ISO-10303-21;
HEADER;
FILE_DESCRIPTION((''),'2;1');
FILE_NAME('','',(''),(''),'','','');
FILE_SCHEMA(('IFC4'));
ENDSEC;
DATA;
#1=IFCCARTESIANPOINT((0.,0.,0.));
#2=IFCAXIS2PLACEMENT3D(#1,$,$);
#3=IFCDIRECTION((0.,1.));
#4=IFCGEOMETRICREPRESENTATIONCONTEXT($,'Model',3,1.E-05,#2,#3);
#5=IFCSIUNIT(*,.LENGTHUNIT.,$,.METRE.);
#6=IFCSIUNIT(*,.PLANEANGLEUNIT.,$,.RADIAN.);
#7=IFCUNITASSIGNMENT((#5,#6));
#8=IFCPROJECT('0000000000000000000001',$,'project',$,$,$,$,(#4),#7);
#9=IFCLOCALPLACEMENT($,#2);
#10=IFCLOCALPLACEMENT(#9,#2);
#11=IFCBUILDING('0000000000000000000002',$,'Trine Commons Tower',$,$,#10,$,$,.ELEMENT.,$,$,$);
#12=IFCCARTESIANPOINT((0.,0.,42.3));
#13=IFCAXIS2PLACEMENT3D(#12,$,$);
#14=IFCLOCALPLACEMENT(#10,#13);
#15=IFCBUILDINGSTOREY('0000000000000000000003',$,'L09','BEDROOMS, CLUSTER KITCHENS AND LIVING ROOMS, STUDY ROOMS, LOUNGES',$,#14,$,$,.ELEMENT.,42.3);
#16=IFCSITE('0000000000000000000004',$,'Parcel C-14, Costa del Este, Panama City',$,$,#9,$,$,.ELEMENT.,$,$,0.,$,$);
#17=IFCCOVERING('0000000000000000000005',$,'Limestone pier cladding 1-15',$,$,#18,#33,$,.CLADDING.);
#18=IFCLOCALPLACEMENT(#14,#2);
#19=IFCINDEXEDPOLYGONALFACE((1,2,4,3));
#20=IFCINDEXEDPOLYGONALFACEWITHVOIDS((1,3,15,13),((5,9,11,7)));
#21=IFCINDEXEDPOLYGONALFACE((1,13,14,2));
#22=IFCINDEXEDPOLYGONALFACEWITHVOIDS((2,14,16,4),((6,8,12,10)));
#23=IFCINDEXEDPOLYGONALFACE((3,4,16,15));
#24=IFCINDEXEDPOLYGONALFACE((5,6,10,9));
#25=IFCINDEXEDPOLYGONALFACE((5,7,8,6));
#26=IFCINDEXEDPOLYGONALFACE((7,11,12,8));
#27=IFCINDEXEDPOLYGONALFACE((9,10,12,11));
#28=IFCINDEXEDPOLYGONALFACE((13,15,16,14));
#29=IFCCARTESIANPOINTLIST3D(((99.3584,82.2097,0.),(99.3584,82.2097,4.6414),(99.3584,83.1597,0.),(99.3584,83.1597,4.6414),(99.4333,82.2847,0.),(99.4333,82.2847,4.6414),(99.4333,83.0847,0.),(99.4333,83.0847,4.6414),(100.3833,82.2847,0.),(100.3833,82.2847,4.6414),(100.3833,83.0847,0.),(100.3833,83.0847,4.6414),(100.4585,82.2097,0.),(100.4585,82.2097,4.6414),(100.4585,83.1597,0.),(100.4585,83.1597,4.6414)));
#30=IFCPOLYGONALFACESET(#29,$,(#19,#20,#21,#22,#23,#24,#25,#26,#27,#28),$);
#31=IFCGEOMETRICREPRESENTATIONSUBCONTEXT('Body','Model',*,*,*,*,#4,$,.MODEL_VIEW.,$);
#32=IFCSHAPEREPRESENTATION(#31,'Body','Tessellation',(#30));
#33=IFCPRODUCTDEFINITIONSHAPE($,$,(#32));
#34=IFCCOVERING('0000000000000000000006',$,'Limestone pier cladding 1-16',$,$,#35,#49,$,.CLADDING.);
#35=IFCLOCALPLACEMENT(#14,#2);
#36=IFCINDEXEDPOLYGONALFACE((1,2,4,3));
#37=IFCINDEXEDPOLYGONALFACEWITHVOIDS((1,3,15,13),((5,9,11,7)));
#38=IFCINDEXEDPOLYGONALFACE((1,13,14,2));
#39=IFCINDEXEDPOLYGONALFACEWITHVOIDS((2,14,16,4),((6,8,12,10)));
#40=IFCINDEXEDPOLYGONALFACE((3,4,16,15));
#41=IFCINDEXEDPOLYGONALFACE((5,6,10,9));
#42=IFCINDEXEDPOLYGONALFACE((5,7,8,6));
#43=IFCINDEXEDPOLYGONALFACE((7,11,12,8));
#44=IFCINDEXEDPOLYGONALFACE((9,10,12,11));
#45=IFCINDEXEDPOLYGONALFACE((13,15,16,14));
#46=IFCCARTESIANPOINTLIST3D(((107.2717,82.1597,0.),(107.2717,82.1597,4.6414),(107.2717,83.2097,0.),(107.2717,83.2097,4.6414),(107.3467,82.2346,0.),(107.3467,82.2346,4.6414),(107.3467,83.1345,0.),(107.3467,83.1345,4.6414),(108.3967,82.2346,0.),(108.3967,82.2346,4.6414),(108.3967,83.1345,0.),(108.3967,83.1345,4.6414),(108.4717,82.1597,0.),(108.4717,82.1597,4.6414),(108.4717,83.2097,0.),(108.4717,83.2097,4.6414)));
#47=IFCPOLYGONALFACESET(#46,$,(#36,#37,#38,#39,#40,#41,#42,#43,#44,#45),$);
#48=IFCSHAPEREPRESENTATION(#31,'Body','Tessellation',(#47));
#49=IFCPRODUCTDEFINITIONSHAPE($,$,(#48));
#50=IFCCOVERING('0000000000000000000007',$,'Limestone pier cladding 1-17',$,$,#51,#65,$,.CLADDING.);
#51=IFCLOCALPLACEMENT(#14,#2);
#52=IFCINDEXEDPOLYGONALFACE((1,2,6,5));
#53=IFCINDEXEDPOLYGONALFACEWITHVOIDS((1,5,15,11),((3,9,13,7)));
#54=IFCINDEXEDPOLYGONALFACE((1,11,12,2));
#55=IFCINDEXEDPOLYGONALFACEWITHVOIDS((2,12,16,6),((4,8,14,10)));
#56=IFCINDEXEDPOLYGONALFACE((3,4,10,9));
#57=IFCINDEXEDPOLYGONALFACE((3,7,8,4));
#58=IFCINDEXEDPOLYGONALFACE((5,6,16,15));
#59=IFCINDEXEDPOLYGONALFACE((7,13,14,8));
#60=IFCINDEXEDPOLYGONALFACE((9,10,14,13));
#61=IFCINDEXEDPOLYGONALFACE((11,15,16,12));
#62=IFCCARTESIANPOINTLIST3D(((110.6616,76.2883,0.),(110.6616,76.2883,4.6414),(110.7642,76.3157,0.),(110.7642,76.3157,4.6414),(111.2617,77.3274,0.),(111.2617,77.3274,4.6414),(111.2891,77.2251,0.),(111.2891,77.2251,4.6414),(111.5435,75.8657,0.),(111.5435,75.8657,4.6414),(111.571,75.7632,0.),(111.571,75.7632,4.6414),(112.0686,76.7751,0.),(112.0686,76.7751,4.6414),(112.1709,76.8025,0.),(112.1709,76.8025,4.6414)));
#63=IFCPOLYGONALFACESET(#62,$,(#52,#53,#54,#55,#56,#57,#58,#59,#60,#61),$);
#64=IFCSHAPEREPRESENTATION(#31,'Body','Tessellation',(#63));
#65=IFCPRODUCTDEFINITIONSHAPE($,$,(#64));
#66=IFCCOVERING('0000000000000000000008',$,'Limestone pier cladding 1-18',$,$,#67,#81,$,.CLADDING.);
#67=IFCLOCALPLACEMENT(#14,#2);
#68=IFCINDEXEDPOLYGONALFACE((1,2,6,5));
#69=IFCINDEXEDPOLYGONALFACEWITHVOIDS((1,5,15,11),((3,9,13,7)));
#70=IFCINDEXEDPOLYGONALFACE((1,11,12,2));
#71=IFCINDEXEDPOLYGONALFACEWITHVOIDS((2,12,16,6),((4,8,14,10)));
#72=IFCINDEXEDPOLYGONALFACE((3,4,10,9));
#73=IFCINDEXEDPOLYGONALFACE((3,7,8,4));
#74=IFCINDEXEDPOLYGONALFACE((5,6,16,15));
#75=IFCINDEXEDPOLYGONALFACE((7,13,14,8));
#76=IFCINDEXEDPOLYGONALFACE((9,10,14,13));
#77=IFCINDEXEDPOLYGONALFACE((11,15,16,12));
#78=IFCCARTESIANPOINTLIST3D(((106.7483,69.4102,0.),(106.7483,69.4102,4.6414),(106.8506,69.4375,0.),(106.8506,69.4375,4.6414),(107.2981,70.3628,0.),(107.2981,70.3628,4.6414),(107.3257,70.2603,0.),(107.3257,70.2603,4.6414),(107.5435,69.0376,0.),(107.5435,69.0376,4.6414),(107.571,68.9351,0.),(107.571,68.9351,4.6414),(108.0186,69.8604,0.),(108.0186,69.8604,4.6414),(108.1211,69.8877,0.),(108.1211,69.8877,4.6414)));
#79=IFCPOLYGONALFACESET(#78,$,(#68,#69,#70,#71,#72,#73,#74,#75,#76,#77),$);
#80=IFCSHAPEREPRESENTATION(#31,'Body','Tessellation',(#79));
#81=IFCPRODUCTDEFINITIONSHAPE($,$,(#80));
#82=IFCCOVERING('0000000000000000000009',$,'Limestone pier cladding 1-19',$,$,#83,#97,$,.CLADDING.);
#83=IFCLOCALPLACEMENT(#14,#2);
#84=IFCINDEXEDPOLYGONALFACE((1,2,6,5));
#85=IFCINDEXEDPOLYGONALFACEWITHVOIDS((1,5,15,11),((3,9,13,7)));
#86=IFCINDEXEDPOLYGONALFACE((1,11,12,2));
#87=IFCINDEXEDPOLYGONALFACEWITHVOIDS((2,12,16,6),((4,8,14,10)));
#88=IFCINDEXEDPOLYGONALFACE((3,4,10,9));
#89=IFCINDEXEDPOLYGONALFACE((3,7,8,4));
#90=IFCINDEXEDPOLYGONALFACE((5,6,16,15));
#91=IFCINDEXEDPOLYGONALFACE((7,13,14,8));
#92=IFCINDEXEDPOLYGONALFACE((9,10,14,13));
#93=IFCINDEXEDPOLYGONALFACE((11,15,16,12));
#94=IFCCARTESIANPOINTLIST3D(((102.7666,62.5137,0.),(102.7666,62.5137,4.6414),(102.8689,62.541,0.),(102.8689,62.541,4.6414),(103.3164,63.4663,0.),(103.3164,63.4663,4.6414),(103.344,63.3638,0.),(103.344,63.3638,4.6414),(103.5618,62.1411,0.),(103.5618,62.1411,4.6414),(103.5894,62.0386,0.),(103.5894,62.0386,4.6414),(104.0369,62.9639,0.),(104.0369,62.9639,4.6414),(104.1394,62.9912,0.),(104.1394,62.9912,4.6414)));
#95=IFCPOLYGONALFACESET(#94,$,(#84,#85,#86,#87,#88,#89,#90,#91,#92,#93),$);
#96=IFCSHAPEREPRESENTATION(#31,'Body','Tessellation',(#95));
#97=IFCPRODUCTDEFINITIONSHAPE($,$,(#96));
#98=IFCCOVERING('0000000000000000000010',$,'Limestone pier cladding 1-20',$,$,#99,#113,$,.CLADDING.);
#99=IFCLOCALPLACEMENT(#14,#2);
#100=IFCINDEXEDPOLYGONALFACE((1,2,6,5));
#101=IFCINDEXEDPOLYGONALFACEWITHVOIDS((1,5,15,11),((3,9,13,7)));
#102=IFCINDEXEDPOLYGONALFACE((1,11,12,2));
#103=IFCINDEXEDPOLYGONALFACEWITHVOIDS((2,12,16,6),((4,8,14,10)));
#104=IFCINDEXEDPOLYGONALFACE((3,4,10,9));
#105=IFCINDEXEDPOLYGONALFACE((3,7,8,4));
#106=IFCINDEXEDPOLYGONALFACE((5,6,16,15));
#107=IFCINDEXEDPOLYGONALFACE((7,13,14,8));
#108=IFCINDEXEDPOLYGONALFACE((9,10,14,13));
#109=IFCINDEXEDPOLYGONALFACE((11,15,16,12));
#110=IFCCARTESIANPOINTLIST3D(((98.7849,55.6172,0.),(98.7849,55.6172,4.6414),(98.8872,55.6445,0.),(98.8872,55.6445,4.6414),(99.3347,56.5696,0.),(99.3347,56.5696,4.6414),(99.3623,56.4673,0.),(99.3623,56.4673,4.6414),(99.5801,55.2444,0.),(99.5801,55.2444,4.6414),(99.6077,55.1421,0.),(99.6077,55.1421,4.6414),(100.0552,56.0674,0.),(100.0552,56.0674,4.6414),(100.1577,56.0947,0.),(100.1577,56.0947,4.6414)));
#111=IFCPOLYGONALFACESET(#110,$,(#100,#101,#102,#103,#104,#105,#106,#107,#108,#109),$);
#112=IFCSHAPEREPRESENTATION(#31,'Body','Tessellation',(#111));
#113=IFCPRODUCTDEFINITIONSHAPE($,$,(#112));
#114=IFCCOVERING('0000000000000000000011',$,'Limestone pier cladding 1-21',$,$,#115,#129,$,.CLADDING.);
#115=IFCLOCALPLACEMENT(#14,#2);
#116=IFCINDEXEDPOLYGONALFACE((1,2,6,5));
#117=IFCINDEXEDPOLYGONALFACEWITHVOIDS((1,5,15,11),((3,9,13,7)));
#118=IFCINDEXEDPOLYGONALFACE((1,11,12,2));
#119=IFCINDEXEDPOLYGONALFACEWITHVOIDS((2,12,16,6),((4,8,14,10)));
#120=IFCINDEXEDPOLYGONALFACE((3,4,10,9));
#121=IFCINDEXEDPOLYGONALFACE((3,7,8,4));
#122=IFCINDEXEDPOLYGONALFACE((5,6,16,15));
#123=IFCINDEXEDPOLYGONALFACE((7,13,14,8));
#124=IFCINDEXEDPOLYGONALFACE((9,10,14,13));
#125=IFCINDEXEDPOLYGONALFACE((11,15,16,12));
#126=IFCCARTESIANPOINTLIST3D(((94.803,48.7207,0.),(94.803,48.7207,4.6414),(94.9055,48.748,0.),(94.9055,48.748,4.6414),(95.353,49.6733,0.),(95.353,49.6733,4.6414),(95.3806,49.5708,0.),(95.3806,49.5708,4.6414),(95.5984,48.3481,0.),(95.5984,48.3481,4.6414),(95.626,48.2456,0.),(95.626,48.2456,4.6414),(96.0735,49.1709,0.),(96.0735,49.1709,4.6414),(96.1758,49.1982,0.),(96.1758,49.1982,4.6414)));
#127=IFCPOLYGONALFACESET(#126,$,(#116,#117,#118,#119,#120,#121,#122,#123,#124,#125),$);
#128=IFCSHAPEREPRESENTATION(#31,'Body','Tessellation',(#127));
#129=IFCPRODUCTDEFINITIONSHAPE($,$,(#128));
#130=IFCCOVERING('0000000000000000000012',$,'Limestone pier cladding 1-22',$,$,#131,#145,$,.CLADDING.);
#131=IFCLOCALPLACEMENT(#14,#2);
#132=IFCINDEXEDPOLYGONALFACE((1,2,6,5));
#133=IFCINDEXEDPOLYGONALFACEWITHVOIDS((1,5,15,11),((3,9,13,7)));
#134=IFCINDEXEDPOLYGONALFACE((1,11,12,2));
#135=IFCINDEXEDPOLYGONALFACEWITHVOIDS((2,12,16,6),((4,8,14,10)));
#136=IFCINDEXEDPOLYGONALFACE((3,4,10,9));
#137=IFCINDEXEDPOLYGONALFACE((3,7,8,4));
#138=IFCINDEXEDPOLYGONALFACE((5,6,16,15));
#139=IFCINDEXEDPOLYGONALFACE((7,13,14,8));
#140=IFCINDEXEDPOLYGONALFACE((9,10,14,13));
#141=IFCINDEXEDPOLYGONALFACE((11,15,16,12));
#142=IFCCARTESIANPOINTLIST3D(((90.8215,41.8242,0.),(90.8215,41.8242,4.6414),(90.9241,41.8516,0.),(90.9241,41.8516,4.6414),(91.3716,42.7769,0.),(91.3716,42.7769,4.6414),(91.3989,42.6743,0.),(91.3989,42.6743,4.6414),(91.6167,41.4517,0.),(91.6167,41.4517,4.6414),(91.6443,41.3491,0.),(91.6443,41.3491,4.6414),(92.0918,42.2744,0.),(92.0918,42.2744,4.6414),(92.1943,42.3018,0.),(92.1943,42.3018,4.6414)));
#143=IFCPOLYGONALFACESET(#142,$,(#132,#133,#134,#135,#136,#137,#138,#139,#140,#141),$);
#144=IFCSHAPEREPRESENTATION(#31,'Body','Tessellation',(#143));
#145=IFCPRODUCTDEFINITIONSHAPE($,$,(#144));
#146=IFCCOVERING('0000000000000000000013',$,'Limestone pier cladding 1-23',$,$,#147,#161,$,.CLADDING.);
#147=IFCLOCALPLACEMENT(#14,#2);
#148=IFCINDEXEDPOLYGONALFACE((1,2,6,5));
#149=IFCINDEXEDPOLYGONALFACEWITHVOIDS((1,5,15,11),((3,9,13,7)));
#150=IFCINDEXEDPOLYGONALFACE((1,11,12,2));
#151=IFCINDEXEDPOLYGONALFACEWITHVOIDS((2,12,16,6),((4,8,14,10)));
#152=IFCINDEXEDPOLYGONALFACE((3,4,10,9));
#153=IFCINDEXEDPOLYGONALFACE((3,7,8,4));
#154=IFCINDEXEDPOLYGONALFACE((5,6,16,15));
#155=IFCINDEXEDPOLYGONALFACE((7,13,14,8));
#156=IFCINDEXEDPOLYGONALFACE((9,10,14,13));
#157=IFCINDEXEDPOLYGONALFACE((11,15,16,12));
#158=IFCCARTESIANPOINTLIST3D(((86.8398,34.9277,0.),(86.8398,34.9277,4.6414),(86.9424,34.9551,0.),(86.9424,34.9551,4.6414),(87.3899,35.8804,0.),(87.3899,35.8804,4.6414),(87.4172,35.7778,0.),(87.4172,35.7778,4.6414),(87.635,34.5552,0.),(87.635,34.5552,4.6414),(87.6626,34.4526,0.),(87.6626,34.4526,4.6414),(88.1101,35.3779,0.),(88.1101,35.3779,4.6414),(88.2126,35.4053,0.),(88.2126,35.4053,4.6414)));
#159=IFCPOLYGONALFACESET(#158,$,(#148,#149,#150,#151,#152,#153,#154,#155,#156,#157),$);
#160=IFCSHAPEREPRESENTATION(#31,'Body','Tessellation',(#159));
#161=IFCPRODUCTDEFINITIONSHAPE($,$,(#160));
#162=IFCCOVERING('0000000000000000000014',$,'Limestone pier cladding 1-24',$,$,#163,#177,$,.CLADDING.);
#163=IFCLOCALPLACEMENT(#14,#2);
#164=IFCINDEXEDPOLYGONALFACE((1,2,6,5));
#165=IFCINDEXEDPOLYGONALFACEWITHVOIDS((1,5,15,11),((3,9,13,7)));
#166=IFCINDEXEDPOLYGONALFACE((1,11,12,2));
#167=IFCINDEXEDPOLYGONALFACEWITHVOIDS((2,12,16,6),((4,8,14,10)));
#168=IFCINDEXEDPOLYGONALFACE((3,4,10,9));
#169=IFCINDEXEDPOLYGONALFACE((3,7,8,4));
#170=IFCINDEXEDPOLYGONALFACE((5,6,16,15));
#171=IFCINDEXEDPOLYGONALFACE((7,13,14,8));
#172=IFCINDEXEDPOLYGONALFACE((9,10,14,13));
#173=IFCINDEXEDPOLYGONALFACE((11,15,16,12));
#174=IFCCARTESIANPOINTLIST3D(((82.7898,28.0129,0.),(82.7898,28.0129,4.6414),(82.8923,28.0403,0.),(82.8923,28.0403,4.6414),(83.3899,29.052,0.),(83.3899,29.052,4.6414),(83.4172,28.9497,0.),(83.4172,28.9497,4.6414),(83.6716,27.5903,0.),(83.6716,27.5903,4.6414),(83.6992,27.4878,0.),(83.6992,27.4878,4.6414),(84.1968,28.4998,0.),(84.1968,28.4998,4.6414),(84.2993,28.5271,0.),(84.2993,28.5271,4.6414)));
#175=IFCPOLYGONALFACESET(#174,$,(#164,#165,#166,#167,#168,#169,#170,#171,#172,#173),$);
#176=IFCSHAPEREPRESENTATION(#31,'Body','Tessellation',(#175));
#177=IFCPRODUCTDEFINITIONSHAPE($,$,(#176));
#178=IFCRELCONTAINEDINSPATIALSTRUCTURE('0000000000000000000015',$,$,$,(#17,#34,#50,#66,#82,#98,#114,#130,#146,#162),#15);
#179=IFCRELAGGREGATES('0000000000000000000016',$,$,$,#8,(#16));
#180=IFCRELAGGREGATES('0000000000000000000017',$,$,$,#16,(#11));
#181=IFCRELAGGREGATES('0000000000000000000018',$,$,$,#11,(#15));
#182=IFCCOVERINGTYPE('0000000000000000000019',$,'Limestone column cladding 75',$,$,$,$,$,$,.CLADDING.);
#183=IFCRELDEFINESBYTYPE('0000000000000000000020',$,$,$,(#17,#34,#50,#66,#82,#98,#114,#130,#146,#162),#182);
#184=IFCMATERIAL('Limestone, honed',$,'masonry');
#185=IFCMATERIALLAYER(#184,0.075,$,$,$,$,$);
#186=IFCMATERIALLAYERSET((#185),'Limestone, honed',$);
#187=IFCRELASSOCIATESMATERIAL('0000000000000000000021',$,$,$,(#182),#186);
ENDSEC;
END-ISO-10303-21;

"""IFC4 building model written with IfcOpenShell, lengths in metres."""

from ifc_helpers import new_model, si_unit, direction, frame, origin, place, context, subcontext, project, spatial, polyline, outline, extrude, material, layer, layer_set, type_object, element, save


model = new_model("IFC4")

# Units and contexts
model_context = context("Model", 3, precision=1e-05, world=origin(), true_north=direction((0.0, 1.0)))
body_context = subcontext(model_context, "Body", "Model", "MODEL_VIEW")
ifc_project = project(units=[si_unit("LENGTHUNIT", "METRE"), si_unit("PLANEANGLEUNIT", "RADIAN")], contexts=[model_context])

# Site, building, storey
site_placement = place(None, origin())
site = spatial("IfcSite", under=ifc_project, at=site_placement, Name="Parcel C-14, Costa del Este, Panama City", CompositionType="ELEMENT", RefElevation=0.0)
building_placement = place(site_placement, origin())
building = spatial("IfcBuilding", under=site, at=building_placement, Name="Trine Commons Tower", CompositionType="ELEMENT")
storey_placement = place(building_placement, frame((0.0, 0.0, 42.3)))
storey = spatial("IfcBuildingStorey", under=building, at=storey_placement, Name="L09", Description="BEDROOMS, CLUSTER KITCHENS AND LIVING ROOMS, STUDY ROOMS, LOUNGES", CompositionType="ELEMENT", Elevation=42.3)

# Coverings
ifc_material_1 = material(Name="Limestone, honed", Category="masonry")
ifc_layer_1 = layer(ifc_material_1, 0.075)
ifc_layer_set_1 = layer_set([ifc_layer_1], Name="Limestone, honed")
covering_type_1 = type_object("IfcCoveringType", Name="Limestone column cladding 75", PredefinedType="CLADDING", material=ifc_layer_set_1)
covering_1_placement = place(storey_placement, origin())
element("IfcCovering", 1, at=covering_1_placement, inside=storey, type_object=covering_type_1, Name="Limestone pier cladding 1-15", PredefinedType="CLADDING", context=body_context, shape_type="SweptSolid", body=[
    extrude(outline(polyline([(100.4585, 82.2097), (100.4585, 83.1597), (99.3584, 83.1597), (99.3584, 82.2097), (100.4585, 82.2097)]), holes=[polyline([(100.3833, 82.2847), (100.3833, 83.0847), (99.4333, 83.0847), (99.4333, 82.2847), (100.3833, 82.2847)])]), origin(), (0.0, 0.0, 1.0), 4.6414),
])
covering_2_placement = place(storey_placement, origin())
element("IfcCovering", 2, at=covering_2_placement, inside=storey, type_object=covering_type_1, Name="Limestone pier cladding 1-16", PredefinedType="CLADDING", context=body_context, shape_type="SweptSolid", body=[
    extrude(outline(polyline([(108.4717, 82.1597), (108.4717, 83.2097), (107.2717, 83.2097), (107.2717, 82.1597), (108.4717, 82.1597)]), holes=[polyline([(108.3967, 82.2346), (108.3967, 83.1345), (107.3467, 83.1345), (107.3467, 82.2346), (108.3967, 82.2346)])]), origin(), (0.0, 0.0, 1.0), 4.6414),
])
covering_3_placement = place(storey_placement, origin())
element("IfcCovering", 3, at=covering_3_placement, inside=storey, type_object=covering_type_1, Name="Limestone pier cladding 1-17", PredefinedType="CLADDING", context=body_context, shape_type="SweptSolid", body=[
    extrude(outline(polyline([(112.1709, 76.8025), (111.2617, 77.3274), (110.6616, 76.2883), (111.571, 75.7632), (112.1709, 76.8025)]), holes=[polyline([(112.0686, 76.7751), (111.2891, 77.2251), (110.7642, 76.3157), (111.5435, 75.8657), (112.0686, 76.7751)])]), origin(), (0.0, 0.0, 1.0), 4.6414),
])
covering_4_placement = place(storey_placement, origin())
element("IfcCovering", 4, at=covering_4_placement, inside=storey, type_object=covering_type_1, Name="Limestone pier cladding 1-18", PredefinedType="CLADDING", context=body_context, shape_type="SweptSolid", body=[
    extrude(outline(polyline([(108.1211, 69.8877), (107.2981, 70.3628), (106.7483, 69.4102), (107.571, 68.9351), (108.1211, 69.8877)]), holes=[polyline([(108.0186, 69.8604), (107.3257, 70.2603), (106.8506, 69.4375), (107.5435, 69.0376), (108.0186, 69.8604)])]), origin(), (0.0, 0.0, 1.0), 4.6414),
])
covering_5_placement = place(storey_placement, origin())
element("IfcCovering", 5, at=covering_5_placement, inside=storey, type_object=covering_type_1, Name="Limestone pier cladding 1-19", PredefinedType="CLADDING", context=body_context, shape_type="SweptSolid", body=[
    extrude(outline(polyline([(104.1394, 62.9912), (103.3164, 63.4663), (102.7666, 62.5137), (103.5894, 62.0386), (104.1394, 62.9912)]), holes=[polyline([(104.0369, 62.9639), (103.344, 63.3638), (102.8689, 62.541), (103.5618, 62.1411), (104.0369, 62.9639)])]), origin(), (0.0, 0.0, 1.0), 4.6414),
])
covering_6_placement = place(storey_placement, origin())
element("IfcCovering", 6, at=covering_6_placement, inside=storey, type_object=covering_type_1, Name="Limestone pier cladding 1-20", PredefinedType="CLADDING", context=body_context, shape_type="SweptSolid", body=[
    extrude(outline(polyline([(100.1577, 56.0947), (99.3347, 56.5696), (98.7849, 55.6172), (99.6077, 55.1421), (100.1577, 56.0947)]), holes=[polyline([(100.0552, 56.0674), (99.3623, 56.4673), (98.8872, 55.6445), (99.5801, 55.2444), (100.0552, 56.0674)])]), origin(), (0.0, 0.0, 1.0), 4.6414),
])
covering_7_placement = place(storey_placement, origin())
element("IfcCovering", 7, at=covering_7_placement, inside=storey, type_object=covering_type_1, Name="Limestone pier cladding 1-21", PredefinedType="CLADDING", context=body_context, shape_type="SweptSolid", body=[
    extrude(outline(polyline([(96.1758, 49.1982), (95.353, 49.6733), (94.803, 48.7207), (95.626, 48.2456), (96.1758, 49.1982)]), holes=[polyline([(96.0735, 49.1709), (95.3806, 49.5708), (94.9055, 48.748), (95.5984, 48.3481), (96.0735, 49.1709)])]), origin(), (0.0, 0.0, 1.0), 4.6414),
])
covering_8_placement = place(storey_placement, origin())
element("IfcCovering", 8, at=covering_8_placement, inside=storey, type_object=covering_type_1, Name="Limestone pier cladding 1-22", PredefinedType="CLADDING", context=body_context, shape_type="SweptSolid", body=[
    extrude(outline(polyline([(92.1943, 42.3018), (91.3716, 42.7769), (90.8215, 41.8242), (91.6443, 41.3491), (92.1943, 42.3018)]), holes=[polyline([(92.0918, 42.2744), (91.3989, 42.6743), (90.9241, 41.8516), (91.6167, 41.4517), (92.0918, 42.2744)])]), origin(), (0.0, 0.0, 1.0), 4.6414),
])
covering_9_placement = place(storey_placement, origin())
element("IfcCovering", 9, at=covering_9_placement, inside=storey, type_object=covering_type_1, Name="Limestone pier cladding 1-23", PredefinedType="CLADDING", context=body_context, shape_type="SweptSolid", body=[
    extrude(outline(polyline([(88.2126, 35.4053), (87.3899, 35.8804), (86.8398, 34.9277), (87.6626, 34.4526), (88.2126, 35.4053)]), holes=[polyline([(88.1101, 35.3779), (87.4172, 35.7778), (86.9424, 34.9551), (87.635, 34.5552), (88.1101, 35.3779)])]), origin(), (0.0, 0.0, 1.0), 4.6414),
])
covering_10_placement = place(storey_placement, origin())
element("IfcCovering", 10, at=covering_10_placement, inside=storey, type_object=covering_type_1, Name="Limestone pier cladding 1-24", PredefinedType="CLADDING", context=body_context, shape_type="SweptSolid", body=[
    extrude(outline(polyline([(84.2993, 28.5271), (83.3899, 29.052), (82.7898, 28.0129), (83.6992, 27.4878), (84.2993, 28.5271)]), holes=[polyline([(84.1968, 28.4998), (83.4172, 28.9497), (82.8923, 28.0403), (83.6716, 27.5903), (84.1968, 28.4998)])]), origin(), (0.0, 0.0, 1.0), 4.6414),
])

save(model, "model.ifc")
